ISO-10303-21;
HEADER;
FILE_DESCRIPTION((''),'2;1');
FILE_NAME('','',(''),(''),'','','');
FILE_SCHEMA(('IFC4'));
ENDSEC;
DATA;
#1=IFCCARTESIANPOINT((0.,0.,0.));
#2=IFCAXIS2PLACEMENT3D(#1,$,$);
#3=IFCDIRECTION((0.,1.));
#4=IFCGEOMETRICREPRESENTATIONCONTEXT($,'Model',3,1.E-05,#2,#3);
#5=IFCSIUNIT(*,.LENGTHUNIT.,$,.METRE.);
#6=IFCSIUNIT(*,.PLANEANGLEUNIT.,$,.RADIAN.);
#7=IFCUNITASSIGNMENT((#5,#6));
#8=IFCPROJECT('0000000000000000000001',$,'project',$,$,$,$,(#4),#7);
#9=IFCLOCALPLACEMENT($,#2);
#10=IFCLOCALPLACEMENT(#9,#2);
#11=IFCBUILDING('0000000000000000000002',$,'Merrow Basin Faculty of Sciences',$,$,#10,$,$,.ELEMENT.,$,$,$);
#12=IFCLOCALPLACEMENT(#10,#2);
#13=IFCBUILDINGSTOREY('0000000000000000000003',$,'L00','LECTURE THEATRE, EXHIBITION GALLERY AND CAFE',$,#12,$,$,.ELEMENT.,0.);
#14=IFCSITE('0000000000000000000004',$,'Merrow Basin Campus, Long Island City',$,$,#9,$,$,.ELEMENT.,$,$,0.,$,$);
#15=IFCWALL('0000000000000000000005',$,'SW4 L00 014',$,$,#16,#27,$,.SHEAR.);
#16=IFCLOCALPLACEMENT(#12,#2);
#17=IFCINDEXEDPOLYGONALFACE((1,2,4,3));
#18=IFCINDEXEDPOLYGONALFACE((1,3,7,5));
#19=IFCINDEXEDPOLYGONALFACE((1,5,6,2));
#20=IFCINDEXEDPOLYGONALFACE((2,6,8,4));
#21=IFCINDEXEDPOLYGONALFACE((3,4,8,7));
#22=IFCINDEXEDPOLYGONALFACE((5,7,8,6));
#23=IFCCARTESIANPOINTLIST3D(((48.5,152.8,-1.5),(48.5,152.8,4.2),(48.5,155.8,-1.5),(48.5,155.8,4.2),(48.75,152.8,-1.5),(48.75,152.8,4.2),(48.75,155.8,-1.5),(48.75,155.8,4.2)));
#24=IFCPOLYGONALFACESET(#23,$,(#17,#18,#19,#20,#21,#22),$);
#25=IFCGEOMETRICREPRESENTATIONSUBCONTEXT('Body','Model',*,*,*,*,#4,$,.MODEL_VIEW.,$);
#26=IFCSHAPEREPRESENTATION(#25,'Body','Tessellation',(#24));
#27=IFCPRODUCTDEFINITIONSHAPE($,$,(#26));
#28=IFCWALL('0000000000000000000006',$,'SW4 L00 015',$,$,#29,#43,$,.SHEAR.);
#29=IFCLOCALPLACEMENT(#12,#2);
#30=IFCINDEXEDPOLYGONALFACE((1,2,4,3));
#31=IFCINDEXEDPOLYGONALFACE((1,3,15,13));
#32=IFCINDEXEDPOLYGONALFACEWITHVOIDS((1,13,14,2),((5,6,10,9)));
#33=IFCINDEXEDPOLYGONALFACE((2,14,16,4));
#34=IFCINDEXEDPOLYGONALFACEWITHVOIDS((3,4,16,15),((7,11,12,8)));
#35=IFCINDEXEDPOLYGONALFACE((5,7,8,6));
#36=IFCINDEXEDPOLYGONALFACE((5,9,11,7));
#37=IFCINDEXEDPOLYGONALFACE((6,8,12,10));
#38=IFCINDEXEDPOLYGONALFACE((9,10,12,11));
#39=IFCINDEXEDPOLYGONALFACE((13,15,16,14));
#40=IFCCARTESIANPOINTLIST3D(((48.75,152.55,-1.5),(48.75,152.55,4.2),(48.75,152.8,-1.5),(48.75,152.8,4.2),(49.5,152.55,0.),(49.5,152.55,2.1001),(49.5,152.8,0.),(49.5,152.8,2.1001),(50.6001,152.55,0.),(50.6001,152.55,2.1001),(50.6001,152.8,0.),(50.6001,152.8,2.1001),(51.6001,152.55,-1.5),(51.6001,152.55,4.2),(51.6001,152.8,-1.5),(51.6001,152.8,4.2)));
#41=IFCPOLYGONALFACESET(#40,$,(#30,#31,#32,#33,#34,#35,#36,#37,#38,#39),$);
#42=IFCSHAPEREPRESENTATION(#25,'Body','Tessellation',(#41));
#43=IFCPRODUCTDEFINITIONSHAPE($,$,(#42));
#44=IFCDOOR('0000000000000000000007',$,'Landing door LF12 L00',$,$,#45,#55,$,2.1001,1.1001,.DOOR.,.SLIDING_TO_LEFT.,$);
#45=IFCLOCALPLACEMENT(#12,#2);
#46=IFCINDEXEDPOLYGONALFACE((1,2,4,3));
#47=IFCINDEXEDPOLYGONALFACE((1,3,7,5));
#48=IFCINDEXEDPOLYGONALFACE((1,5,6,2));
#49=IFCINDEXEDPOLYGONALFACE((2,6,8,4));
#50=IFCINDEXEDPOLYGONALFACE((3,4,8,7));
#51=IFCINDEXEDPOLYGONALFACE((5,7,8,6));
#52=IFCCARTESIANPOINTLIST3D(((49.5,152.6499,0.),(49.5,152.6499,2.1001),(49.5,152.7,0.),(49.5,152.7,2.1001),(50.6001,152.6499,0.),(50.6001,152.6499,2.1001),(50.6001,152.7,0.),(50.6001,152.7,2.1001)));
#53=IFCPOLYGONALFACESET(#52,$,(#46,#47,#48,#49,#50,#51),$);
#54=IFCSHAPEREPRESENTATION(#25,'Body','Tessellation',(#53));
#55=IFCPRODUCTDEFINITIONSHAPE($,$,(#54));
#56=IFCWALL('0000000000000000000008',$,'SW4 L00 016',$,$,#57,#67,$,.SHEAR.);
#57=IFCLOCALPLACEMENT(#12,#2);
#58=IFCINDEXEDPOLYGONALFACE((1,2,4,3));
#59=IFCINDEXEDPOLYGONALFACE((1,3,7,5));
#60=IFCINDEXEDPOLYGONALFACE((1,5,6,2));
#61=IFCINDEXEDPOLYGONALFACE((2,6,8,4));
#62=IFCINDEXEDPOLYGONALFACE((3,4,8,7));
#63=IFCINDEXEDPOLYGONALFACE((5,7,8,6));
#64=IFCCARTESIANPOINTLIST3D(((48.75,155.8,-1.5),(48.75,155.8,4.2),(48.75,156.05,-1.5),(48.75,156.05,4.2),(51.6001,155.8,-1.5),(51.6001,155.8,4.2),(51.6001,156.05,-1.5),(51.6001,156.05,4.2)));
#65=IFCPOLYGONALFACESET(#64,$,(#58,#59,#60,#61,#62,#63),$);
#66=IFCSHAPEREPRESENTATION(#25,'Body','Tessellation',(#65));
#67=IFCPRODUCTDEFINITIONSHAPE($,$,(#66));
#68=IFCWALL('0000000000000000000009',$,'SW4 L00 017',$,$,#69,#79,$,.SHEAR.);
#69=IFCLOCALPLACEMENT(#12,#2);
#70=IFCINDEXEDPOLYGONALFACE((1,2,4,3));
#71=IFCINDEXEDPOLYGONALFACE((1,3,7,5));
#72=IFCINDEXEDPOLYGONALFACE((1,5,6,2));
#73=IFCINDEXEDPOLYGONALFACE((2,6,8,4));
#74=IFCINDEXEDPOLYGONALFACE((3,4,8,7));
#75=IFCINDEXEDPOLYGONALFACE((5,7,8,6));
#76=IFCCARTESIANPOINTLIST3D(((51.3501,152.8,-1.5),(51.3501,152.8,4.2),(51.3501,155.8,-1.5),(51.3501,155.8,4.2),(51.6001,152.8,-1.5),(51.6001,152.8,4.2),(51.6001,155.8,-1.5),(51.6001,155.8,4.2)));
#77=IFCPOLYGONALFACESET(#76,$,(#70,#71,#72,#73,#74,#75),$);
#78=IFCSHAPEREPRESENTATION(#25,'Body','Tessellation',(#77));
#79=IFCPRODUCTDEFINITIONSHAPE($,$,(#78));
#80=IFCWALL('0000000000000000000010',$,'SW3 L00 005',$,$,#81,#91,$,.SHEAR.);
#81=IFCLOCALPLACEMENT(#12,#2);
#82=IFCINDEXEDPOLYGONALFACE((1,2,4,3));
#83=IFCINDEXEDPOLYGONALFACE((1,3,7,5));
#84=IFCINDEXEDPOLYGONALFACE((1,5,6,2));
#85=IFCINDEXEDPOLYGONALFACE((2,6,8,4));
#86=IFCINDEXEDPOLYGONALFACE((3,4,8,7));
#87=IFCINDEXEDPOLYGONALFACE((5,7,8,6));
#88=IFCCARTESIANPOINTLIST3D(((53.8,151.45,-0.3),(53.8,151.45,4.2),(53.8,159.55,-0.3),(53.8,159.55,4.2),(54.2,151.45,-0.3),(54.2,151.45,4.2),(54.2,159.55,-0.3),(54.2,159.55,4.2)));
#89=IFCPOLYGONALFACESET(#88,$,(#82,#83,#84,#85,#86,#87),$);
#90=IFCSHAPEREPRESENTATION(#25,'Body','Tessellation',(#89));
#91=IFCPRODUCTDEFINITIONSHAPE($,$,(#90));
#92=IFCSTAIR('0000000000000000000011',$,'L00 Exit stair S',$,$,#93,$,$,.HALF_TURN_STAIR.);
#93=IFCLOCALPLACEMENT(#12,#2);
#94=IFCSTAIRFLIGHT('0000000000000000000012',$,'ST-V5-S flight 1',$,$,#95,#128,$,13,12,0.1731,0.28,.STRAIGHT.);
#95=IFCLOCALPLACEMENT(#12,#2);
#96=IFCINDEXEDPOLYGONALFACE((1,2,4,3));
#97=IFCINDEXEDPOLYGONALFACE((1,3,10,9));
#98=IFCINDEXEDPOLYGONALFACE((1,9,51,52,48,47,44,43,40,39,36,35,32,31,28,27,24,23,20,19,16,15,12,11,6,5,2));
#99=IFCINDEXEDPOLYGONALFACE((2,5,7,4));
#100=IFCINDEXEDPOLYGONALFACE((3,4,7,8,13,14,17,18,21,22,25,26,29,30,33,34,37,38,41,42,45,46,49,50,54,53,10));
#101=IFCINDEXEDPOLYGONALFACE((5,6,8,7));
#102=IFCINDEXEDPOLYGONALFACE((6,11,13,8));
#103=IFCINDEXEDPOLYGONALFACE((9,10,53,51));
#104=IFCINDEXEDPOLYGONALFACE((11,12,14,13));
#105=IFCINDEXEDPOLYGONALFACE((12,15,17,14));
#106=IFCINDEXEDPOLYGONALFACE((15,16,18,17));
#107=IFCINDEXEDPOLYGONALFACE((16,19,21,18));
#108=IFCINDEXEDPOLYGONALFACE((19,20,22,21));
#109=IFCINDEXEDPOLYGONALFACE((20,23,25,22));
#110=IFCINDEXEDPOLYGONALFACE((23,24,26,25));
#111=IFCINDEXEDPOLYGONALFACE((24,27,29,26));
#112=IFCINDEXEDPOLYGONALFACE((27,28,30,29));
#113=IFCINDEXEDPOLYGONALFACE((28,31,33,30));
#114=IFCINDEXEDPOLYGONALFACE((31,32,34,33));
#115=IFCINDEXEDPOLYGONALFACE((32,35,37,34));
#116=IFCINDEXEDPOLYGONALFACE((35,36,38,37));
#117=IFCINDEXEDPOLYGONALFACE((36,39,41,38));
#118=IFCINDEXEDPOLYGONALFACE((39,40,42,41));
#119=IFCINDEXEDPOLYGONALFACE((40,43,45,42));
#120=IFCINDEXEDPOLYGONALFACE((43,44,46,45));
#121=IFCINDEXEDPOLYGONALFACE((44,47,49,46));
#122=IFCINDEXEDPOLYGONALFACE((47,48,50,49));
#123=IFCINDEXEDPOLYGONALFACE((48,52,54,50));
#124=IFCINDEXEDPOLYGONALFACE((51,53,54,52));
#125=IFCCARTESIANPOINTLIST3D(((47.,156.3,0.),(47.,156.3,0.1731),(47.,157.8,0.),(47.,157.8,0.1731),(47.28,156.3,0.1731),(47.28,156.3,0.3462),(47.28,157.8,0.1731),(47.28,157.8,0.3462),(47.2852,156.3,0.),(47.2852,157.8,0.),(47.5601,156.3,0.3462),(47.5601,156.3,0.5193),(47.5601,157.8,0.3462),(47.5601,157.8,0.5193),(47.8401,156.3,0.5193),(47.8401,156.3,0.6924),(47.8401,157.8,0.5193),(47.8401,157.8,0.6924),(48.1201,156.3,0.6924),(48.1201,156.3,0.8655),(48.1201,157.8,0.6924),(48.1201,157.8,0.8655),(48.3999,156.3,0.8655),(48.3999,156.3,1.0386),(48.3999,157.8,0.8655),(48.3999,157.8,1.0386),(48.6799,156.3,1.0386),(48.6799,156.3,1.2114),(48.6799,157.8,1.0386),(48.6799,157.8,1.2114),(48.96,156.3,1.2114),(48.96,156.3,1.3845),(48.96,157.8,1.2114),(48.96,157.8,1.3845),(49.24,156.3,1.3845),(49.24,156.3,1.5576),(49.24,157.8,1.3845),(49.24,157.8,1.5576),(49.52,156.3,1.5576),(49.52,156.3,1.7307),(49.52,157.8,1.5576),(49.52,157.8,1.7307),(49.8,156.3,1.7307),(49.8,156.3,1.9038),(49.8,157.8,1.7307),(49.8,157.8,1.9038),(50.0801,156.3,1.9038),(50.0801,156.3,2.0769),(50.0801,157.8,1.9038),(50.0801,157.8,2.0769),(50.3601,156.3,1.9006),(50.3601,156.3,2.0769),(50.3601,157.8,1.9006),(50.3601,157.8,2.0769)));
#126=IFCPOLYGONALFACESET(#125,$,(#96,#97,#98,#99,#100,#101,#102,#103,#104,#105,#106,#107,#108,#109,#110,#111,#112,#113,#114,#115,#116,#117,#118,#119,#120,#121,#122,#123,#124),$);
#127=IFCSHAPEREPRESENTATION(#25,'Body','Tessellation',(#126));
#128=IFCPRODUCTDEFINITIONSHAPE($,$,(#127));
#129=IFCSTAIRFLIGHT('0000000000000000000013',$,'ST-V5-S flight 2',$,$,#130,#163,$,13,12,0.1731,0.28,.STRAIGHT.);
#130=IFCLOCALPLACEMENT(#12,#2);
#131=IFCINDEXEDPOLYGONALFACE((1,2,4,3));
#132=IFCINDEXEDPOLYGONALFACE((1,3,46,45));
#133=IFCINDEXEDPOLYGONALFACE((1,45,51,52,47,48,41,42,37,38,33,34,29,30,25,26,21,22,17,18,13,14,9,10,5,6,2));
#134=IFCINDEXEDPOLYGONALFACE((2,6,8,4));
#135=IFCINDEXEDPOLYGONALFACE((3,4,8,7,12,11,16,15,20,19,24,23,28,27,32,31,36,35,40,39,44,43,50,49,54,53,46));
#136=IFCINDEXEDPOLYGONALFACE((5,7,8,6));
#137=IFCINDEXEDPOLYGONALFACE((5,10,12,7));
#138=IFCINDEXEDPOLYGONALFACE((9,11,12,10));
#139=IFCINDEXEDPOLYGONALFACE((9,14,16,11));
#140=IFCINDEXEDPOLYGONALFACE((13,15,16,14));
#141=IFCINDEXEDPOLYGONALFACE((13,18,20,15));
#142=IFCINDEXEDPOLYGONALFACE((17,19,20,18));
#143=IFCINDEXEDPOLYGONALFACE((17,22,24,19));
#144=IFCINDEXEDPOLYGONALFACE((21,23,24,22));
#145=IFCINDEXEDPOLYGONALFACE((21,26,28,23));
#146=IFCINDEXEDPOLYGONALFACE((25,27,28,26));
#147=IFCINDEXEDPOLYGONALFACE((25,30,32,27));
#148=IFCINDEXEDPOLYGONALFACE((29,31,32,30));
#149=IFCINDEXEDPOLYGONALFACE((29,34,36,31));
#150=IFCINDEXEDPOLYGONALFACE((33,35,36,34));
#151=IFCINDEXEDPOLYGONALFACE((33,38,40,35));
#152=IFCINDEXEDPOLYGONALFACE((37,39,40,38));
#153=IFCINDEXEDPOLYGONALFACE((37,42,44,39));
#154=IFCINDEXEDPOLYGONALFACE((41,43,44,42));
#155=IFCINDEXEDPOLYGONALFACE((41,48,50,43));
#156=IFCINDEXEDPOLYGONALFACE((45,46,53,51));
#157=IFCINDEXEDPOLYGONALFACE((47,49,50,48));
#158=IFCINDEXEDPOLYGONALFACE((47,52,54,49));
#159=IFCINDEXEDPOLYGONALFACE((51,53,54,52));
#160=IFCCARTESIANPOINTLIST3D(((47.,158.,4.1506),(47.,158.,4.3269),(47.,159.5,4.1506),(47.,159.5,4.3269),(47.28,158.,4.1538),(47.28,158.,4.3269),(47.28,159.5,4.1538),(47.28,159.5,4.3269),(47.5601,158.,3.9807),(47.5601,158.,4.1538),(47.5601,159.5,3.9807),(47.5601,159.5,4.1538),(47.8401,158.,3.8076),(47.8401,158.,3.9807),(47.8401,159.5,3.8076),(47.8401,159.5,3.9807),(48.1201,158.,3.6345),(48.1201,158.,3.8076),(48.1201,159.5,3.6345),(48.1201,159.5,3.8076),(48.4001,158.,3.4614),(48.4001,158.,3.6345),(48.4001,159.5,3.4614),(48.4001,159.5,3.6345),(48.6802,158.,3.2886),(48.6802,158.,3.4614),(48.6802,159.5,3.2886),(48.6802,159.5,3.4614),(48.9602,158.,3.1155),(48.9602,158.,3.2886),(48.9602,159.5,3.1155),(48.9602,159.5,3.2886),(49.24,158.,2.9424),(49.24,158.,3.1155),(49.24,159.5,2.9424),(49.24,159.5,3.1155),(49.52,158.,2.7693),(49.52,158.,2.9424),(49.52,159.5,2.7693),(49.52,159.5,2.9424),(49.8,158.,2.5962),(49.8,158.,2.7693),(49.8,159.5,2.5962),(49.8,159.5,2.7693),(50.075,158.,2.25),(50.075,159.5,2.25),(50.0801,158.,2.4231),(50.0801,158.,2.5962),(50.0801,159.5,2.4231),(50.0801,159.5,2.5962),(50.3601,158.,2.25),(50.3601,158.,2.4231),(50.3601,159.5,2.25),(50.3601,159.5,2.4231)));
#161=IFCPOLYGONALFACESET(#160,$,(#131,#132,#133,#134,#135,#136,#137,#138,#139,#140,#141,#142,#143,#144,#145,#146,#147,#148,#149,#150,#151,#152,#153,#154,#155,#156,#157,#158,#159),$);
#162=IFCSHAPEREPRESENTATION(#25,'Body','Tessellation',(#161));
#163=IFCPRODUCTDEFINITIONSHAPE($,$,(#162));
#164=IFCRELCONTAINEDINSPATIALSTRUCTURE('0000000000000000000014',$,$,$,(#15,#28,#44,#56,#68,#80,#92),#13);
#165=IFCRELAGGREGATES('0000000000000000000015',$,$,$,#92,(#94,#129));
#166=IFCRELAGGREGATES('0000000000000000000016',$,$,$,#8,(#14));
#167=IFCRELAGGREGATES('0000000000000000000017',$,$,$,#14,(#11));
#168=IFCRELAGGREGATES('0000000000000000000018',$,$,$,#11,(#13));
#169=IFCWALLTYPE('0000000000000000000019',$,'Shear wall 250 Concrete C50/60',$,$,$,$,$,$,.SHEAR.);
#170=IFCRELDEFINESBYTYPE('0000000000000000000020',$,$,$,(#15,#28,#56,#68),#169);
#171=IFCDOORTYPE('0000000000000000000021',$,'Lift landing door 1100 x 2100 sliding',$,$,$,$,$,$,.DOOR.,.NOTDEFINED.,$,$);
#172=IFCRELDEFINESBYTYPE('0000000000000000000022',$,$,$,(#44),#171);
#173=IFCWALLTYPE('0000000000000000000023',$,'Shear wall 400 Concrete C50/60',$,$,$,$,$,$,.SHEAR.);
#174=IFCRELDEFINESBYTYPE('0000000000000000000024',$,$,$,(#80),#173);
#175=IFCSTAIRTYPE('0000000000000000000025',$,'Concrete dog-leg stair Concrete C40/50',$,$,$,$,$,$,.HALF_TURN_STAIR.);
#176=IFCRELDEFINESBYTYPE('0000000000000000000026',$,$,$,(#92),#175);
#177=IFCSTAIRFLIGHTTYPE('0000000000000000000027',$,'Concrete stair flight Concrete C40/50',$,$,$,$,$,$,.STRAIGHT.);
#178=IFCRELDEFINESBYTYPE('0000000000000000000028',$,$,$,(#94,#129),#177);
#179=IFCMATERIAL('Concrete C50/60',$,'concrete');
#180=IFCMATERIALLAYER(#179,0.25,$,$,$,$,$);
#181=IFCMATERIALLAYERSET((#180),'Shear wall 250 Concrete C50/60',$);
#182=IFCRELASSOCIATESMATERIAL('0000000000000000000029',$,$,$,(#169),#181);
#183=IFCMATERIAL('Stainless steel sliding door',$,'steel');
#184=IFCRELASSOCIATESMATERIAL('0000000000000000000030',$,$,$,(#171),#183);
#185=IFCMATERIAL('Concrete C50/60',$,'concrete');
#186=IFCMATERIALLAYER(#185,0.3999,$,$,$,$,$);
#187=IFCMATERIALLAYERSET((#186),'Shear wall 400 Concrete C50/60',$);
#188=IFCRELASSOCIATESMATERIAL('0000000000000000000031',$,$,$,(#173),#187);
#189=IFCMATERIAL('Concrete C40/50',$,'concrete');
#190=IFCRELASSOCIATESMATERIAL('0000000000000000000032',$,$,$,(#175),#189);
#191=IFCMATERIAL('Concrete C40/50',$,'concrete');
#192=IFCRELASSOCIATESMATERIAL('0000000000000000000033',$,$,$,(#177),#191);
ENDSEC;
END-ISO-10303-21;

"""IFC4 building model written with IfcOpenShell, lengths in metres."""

from ifc_helpers import new_model, si_unit, direction, frame, frame_2d, origin, place, context, subcontext, project, spatial, polyline, rectangle, outline, extrude, material, layer, layer_set, type_object, element, fill, aggregate, save


model = new_model("IFC4")

# Units and contexts
model_context = context("Model", 3, precision=1e-05, world=origin(), true_north=direction((0.0, 1.0)))
body_context = subcontext(model_context, "Body", "Model", "MODEL_VIEW")
ifc_project = project(units=[si_unit("LENGTHUNIT", "METRE"), si_unit("PLANEANGLEUNIT", "RADIAN")], contexts=[model_context])

# Site, building, storey
site_placement = place(None, origin())
site = spatial("IfcSite", under=ifc_project, at=site_placement, Name="Merrow Basin Campus, Long Island City", CompositionType="ELEMENT", RefElevation=0.0)
building_placement = place(site_placement, origin())
building = spatial("IfcBuilding", under=site, at=building_placement, Name="Merrow Basin Faculty of Sciences", CompositionType="ELEMENT")
storey_placement = place(building_placement, origin())
storey = spatial("IfcBuildingStorey", under=building, at=storey_placement, Name="L00", Description="LECTURE THEATRE, EXHIBITION GALLERY AND CAFE", CompositionType="ELEMENT", Elevation=0.0)

# Wall
ifc_material_1 = material(Name="Concrete C50/60", Category="concrete")
ifc_layer_1 = layer(ifc_material_1, 0.25)
ifc_layer_set_1 = layer_set([ifc_layer_1], Name="Shear wall 250 Concrete C50/60")
wall_type_1 = type_object("IfcWallType", Name="Shear wall 250 Concrete C50/60", PredefinedType="SHEAR", material=ifc_layer_set_1)
wall_1_placement = place(storey_placement, frame((48.625, 152.8, -1.5), z_axis=(0.0, 0.0, 1.0), x_axis=(0.0, 1.0, 0.0)))
element("IfcWall", 1, at=wall_1_placement, inside=storey, type_object=wall_type_1, Name="SW4 L00 014", PredefinedType="SHEAR", context=body_context, shape_type="SweptSolid", body=[
    extrude(rectangle(XDim=3.0, YDim=0.25, at=frame_2d((1.5, 0.0))), origin(), (0.0, 0.0, 1.0), 5.7),
])

# Wall, opening, door
wall_2_placement = place(storey_placement, frame((48.75, 152.675, -1.5), z_axis=(0.0, 0.0, 1.0), x_axis=(1.0, 0.0, 0.0)))
wall_2 = element("IfcWall", 2, at=wall_2_placement, inside=storey, type_object=wall_type_1, Name="SW4 L00 015", PredefinedType="SHEAR", context=body_context, shape_type="SweptSolid", body=[
    extrude(rectangle(XDim=2.8501, YDim=0.25, at=frame_2d((1.425, 0.0))), origin(), (0.0, 0.0, 1.0), 5.7),
])
opening_placement = place(wall_2_placement, frame((0.75, 0.0, 1.5)))
opening = element("IfcOpeningElement", 3, at=opening_placement, cuts=wall_2, PredefinedType="OPENING", context=body_context, shape_type="SweptSolid", body=[
    extrude(rectangle(XDim=1.1001, YDim=2.1001, at=frame_2d((0.55, 1.05))), frame((0.0, 0.135, 0.0), z_axis=(0.0, -1.0, 0.0), x_axis=(1.0, 0.0, 0.0)), (0.0, 0.0, 1.0), 0.27),
])
ifc_material_2 = material(Name="Stainless steel sliding door", Category="steel")
door_type = type_object("IfcDoorType", Name="Lift landing door 1100 x 2100 sliding", OperationType="NOTDEFINED", PredefinedType="DOOR", material=ifc_material_2)
door_placement = place(opening_placement, origin())
door = element("IfcDoor", 4, at=door_placement, inside=storey, type_object=door_type, Name="Landing door LF12 L00", OperationType="SLIDING_TO_LEFT", OverallHeight=2.1001, OverallWidth=1.1001, PredefinedType="DOOR", context=body_context, shape_type="SweptSolid", body=[
    extrude(rectangle(XDim=1.1001, YDim=2.1001, at=frame_2d((0.55, 1.05))), frame((0.0, 0.0249, 0.0), z_axis=(0.0, -1.0, 0.0), x_axis=(1.0, 0.0, 0.0)), (0.0, 0.0, 1.0), 0.05),
])
fill(opening, door)

# Walls
wall_3_placement = place(storey_placement, frame((48.75, 155.925, -1.5), z_axis=(0.0, 0.0, 1.0), x_axis=(1.0, 0.0, 0.0)))
element("IfcWall", 5, at=wall_3_placement, inside=storey, type_object=wall_type_1, Name="SW4 L00 016", PredefinedType="SHEAR", context=body_context, shape_type="SweptSolid", body=[
    extrude(rectangle(XDim=2.8501, YDim=0.25, at=frame_2d((1.425, 0.0))), origin(), (0.0, 0.0, 1.0), 5.7),
])
wall_4_placement = place(storey_placement, frame((51.4751, 152.8, -1.5), z_axis=(0.0, 0.0, 1.0), x_axis=(0.0, 1.0, 0.0)))
element("IfcWall", 6, at=wall_4_placement, inside=storey, type_object=wall_type_1, Name="SW4 L00 017", PredefinedType="SHEAR", context=body_context, shape_type="SweptSolid", body=[
    extrude(rectangle(XDim=3.0, YDim=0.25, at=frame_2d((1.5, 0.0))), origin(), (0.0, 0.0, 1.0), 5.7),
])
ifc_material_3 = material(Name="Concrete C50/60", Category="concrete")
ifc_layer_2 = layer(ifc_material_3, 0.3999)
ifc_layer_set_2 = layer_set([ifc_layer_2], Name="Shear wall 400 Concrete C50/60")
wall_type_2 = type_object("IfcWallType", Name="Shear wall 400 Concrete C50/60", PredefinedType="SHEAR", material=ifc_layer_set_2)
wall_5_placement = place(storey_placement, frame((54.0, 151.45, -0.3), z_axis=(0.0, 0.0, 1.0), x_axis=(0.0, 1.0, 0.0)))
element("IfcWall", 7, at=wall_5_placement, inside=storey, type_object=wall_type_2, Name="SW3 L00 005", PredefinedType="SHEAR", context=body_context, shape_type="SweptSolid", body=[
    extrude(rectangle(XDim=8.1001, YDim=0.3999, at=frame_2d((4.05, 0.0))), origin(), (0.0, 0.0, 1.0), 4.5),
])

# Stair, stair flights
ifc_material_4 = material(Name="Concrete C40/50", Category="concrete")
stair_type = type_object("IfcStairType", Name="Concrete dog-leg stair Concrete C40/50", PredefinedType="HALF_TURN_STAIR", material=ifc_material_4)
stair_placement = place(storey_placement, origin())
stair = element("IfcStair", 8, at=stair_placement, inside=storey, type_object=stair_type, Name="L00 Exit stair S", PredefinedType="HALF_TURN_STAIR")
ifc_material_5 = material(Name="Concrete C40/50", Category="concrete")
stair_flight_type = type_object("IfcStairFlightType", Name="Concrete stair flight Concrete C40/50", PredefinedType="STRAIGHT", material=ifc_material_5)
stair_flight_1_placement = place(storey_placement, frame((47.0, 157.05, 0.0), z_axis=(0.0, 0.0, 1.0), x_axis=(1.0, 0.0, 0.0)))
stair_flight_1 = element("IfcStairFlight", 9, at=stair_flight_1_placement, type_object=stair_flight_type, Name="ST-V5-S flight 1", NumberOfRisers=13, NumberOfTreads=12, PredefinedType="STRAIGHT", RiserHeight=0.1731, TreadLength=0.28, context=body_context, shape_type="SweptSolid", body=[
    extrude(outline(polyline([(0.0, 0.0), (0.0, 0.1731), (0.28, 0.1731), (0.28, 0.3462), (0.5601, 0.3462), (0.5601, 0.5193), (0.8401, 0.5193), (0.8401, 0.6924), (1.1201, 0.6924), (1.1201, 0.8655), (1.3999, 0.8655), (1.3999, 1.0386), (1.6799, 1.0386), (1.6799, 1.2114), (1.96, 1.2114), (1.96, 1.3845), (2.24, 1.3845), (2.24, 1.5576), (2.52, 1.5576), (2.52, 1.7307), (2.8, 1.7307), (2.8, 1.9038), (3.0801, 1.9038), (3.0801, 2.0769), (3.3601, 2.0769), (3.3601, 2.25), (3.3601, 1.9006), (0.2852, 0.0), (0.0, 0.0)])), frame((0.0, 0.75, 0.0), z_axis=(0.0, -1.0, 0.0), x_axis=(1.0, 0.0, 0.0)), (0.0, 0.0, 1.0), 1.5),
])
stair_flight_2_placement = place(storey_placement, frame((50.3601, 158.75, 2.25), z_axis=(0.0, 0.0, 1.0), x_axis=(-1.0, 0.0, 0.0)))
stair_flight_2 = element("IfcStairFlight", 10, at=stair_flight_2_placement, type_object=stair_flight_type, Name="ST-V5-S flight 2", NumberOfRisers=13, NumberOfTreads=12, PredefinedType="STRAIGHT", RiserHeight=0.1731, TreadLength=0.28, context=body_context, shape_type="SweptSolid", body=[
    extrude(outline(polyline([(0.0, 0.0), (0.0, 0.1731), (0.28, 0.1731), (0.28, 0.3462), (0.5601, 0.3462), (0.5601, 0.5193), (0.8401, 0.5193), (0.8401, 0.6924), (1.1201, 0.6924), (1.1201, 0.8655), (1.3999, 0.8655), (1.3999, 1.0386), (1.6799, 1.0386), (1.6799, 1.2114), (1.96, 1.2114), (1.96, 1.3845), (2.24, 1.3845), (2.24, 1.5576), (2.52, 1.5576), (2.52, 1.7307), (2.8, 1.7307), (2.8, 1.9038), (3.0801, 1.9038), (3.0801, 2.0769), (3.3601, 2.0769), (3.3601, 2.25), (3.3601, 1.9006), (0.2852, 0.0), (0.0, 0.0)])), frame((0.0, 0.75, 0.0), z_axis=(0.0, -1.0, 0.0), x_axis=(1.0, 0.0, 0.0)), (0.0, 0.0, 1.0), 1.5),
])
aggregate(stair, [stair_flight_1, stair_flight_2])

save(model, "model.ifc")
